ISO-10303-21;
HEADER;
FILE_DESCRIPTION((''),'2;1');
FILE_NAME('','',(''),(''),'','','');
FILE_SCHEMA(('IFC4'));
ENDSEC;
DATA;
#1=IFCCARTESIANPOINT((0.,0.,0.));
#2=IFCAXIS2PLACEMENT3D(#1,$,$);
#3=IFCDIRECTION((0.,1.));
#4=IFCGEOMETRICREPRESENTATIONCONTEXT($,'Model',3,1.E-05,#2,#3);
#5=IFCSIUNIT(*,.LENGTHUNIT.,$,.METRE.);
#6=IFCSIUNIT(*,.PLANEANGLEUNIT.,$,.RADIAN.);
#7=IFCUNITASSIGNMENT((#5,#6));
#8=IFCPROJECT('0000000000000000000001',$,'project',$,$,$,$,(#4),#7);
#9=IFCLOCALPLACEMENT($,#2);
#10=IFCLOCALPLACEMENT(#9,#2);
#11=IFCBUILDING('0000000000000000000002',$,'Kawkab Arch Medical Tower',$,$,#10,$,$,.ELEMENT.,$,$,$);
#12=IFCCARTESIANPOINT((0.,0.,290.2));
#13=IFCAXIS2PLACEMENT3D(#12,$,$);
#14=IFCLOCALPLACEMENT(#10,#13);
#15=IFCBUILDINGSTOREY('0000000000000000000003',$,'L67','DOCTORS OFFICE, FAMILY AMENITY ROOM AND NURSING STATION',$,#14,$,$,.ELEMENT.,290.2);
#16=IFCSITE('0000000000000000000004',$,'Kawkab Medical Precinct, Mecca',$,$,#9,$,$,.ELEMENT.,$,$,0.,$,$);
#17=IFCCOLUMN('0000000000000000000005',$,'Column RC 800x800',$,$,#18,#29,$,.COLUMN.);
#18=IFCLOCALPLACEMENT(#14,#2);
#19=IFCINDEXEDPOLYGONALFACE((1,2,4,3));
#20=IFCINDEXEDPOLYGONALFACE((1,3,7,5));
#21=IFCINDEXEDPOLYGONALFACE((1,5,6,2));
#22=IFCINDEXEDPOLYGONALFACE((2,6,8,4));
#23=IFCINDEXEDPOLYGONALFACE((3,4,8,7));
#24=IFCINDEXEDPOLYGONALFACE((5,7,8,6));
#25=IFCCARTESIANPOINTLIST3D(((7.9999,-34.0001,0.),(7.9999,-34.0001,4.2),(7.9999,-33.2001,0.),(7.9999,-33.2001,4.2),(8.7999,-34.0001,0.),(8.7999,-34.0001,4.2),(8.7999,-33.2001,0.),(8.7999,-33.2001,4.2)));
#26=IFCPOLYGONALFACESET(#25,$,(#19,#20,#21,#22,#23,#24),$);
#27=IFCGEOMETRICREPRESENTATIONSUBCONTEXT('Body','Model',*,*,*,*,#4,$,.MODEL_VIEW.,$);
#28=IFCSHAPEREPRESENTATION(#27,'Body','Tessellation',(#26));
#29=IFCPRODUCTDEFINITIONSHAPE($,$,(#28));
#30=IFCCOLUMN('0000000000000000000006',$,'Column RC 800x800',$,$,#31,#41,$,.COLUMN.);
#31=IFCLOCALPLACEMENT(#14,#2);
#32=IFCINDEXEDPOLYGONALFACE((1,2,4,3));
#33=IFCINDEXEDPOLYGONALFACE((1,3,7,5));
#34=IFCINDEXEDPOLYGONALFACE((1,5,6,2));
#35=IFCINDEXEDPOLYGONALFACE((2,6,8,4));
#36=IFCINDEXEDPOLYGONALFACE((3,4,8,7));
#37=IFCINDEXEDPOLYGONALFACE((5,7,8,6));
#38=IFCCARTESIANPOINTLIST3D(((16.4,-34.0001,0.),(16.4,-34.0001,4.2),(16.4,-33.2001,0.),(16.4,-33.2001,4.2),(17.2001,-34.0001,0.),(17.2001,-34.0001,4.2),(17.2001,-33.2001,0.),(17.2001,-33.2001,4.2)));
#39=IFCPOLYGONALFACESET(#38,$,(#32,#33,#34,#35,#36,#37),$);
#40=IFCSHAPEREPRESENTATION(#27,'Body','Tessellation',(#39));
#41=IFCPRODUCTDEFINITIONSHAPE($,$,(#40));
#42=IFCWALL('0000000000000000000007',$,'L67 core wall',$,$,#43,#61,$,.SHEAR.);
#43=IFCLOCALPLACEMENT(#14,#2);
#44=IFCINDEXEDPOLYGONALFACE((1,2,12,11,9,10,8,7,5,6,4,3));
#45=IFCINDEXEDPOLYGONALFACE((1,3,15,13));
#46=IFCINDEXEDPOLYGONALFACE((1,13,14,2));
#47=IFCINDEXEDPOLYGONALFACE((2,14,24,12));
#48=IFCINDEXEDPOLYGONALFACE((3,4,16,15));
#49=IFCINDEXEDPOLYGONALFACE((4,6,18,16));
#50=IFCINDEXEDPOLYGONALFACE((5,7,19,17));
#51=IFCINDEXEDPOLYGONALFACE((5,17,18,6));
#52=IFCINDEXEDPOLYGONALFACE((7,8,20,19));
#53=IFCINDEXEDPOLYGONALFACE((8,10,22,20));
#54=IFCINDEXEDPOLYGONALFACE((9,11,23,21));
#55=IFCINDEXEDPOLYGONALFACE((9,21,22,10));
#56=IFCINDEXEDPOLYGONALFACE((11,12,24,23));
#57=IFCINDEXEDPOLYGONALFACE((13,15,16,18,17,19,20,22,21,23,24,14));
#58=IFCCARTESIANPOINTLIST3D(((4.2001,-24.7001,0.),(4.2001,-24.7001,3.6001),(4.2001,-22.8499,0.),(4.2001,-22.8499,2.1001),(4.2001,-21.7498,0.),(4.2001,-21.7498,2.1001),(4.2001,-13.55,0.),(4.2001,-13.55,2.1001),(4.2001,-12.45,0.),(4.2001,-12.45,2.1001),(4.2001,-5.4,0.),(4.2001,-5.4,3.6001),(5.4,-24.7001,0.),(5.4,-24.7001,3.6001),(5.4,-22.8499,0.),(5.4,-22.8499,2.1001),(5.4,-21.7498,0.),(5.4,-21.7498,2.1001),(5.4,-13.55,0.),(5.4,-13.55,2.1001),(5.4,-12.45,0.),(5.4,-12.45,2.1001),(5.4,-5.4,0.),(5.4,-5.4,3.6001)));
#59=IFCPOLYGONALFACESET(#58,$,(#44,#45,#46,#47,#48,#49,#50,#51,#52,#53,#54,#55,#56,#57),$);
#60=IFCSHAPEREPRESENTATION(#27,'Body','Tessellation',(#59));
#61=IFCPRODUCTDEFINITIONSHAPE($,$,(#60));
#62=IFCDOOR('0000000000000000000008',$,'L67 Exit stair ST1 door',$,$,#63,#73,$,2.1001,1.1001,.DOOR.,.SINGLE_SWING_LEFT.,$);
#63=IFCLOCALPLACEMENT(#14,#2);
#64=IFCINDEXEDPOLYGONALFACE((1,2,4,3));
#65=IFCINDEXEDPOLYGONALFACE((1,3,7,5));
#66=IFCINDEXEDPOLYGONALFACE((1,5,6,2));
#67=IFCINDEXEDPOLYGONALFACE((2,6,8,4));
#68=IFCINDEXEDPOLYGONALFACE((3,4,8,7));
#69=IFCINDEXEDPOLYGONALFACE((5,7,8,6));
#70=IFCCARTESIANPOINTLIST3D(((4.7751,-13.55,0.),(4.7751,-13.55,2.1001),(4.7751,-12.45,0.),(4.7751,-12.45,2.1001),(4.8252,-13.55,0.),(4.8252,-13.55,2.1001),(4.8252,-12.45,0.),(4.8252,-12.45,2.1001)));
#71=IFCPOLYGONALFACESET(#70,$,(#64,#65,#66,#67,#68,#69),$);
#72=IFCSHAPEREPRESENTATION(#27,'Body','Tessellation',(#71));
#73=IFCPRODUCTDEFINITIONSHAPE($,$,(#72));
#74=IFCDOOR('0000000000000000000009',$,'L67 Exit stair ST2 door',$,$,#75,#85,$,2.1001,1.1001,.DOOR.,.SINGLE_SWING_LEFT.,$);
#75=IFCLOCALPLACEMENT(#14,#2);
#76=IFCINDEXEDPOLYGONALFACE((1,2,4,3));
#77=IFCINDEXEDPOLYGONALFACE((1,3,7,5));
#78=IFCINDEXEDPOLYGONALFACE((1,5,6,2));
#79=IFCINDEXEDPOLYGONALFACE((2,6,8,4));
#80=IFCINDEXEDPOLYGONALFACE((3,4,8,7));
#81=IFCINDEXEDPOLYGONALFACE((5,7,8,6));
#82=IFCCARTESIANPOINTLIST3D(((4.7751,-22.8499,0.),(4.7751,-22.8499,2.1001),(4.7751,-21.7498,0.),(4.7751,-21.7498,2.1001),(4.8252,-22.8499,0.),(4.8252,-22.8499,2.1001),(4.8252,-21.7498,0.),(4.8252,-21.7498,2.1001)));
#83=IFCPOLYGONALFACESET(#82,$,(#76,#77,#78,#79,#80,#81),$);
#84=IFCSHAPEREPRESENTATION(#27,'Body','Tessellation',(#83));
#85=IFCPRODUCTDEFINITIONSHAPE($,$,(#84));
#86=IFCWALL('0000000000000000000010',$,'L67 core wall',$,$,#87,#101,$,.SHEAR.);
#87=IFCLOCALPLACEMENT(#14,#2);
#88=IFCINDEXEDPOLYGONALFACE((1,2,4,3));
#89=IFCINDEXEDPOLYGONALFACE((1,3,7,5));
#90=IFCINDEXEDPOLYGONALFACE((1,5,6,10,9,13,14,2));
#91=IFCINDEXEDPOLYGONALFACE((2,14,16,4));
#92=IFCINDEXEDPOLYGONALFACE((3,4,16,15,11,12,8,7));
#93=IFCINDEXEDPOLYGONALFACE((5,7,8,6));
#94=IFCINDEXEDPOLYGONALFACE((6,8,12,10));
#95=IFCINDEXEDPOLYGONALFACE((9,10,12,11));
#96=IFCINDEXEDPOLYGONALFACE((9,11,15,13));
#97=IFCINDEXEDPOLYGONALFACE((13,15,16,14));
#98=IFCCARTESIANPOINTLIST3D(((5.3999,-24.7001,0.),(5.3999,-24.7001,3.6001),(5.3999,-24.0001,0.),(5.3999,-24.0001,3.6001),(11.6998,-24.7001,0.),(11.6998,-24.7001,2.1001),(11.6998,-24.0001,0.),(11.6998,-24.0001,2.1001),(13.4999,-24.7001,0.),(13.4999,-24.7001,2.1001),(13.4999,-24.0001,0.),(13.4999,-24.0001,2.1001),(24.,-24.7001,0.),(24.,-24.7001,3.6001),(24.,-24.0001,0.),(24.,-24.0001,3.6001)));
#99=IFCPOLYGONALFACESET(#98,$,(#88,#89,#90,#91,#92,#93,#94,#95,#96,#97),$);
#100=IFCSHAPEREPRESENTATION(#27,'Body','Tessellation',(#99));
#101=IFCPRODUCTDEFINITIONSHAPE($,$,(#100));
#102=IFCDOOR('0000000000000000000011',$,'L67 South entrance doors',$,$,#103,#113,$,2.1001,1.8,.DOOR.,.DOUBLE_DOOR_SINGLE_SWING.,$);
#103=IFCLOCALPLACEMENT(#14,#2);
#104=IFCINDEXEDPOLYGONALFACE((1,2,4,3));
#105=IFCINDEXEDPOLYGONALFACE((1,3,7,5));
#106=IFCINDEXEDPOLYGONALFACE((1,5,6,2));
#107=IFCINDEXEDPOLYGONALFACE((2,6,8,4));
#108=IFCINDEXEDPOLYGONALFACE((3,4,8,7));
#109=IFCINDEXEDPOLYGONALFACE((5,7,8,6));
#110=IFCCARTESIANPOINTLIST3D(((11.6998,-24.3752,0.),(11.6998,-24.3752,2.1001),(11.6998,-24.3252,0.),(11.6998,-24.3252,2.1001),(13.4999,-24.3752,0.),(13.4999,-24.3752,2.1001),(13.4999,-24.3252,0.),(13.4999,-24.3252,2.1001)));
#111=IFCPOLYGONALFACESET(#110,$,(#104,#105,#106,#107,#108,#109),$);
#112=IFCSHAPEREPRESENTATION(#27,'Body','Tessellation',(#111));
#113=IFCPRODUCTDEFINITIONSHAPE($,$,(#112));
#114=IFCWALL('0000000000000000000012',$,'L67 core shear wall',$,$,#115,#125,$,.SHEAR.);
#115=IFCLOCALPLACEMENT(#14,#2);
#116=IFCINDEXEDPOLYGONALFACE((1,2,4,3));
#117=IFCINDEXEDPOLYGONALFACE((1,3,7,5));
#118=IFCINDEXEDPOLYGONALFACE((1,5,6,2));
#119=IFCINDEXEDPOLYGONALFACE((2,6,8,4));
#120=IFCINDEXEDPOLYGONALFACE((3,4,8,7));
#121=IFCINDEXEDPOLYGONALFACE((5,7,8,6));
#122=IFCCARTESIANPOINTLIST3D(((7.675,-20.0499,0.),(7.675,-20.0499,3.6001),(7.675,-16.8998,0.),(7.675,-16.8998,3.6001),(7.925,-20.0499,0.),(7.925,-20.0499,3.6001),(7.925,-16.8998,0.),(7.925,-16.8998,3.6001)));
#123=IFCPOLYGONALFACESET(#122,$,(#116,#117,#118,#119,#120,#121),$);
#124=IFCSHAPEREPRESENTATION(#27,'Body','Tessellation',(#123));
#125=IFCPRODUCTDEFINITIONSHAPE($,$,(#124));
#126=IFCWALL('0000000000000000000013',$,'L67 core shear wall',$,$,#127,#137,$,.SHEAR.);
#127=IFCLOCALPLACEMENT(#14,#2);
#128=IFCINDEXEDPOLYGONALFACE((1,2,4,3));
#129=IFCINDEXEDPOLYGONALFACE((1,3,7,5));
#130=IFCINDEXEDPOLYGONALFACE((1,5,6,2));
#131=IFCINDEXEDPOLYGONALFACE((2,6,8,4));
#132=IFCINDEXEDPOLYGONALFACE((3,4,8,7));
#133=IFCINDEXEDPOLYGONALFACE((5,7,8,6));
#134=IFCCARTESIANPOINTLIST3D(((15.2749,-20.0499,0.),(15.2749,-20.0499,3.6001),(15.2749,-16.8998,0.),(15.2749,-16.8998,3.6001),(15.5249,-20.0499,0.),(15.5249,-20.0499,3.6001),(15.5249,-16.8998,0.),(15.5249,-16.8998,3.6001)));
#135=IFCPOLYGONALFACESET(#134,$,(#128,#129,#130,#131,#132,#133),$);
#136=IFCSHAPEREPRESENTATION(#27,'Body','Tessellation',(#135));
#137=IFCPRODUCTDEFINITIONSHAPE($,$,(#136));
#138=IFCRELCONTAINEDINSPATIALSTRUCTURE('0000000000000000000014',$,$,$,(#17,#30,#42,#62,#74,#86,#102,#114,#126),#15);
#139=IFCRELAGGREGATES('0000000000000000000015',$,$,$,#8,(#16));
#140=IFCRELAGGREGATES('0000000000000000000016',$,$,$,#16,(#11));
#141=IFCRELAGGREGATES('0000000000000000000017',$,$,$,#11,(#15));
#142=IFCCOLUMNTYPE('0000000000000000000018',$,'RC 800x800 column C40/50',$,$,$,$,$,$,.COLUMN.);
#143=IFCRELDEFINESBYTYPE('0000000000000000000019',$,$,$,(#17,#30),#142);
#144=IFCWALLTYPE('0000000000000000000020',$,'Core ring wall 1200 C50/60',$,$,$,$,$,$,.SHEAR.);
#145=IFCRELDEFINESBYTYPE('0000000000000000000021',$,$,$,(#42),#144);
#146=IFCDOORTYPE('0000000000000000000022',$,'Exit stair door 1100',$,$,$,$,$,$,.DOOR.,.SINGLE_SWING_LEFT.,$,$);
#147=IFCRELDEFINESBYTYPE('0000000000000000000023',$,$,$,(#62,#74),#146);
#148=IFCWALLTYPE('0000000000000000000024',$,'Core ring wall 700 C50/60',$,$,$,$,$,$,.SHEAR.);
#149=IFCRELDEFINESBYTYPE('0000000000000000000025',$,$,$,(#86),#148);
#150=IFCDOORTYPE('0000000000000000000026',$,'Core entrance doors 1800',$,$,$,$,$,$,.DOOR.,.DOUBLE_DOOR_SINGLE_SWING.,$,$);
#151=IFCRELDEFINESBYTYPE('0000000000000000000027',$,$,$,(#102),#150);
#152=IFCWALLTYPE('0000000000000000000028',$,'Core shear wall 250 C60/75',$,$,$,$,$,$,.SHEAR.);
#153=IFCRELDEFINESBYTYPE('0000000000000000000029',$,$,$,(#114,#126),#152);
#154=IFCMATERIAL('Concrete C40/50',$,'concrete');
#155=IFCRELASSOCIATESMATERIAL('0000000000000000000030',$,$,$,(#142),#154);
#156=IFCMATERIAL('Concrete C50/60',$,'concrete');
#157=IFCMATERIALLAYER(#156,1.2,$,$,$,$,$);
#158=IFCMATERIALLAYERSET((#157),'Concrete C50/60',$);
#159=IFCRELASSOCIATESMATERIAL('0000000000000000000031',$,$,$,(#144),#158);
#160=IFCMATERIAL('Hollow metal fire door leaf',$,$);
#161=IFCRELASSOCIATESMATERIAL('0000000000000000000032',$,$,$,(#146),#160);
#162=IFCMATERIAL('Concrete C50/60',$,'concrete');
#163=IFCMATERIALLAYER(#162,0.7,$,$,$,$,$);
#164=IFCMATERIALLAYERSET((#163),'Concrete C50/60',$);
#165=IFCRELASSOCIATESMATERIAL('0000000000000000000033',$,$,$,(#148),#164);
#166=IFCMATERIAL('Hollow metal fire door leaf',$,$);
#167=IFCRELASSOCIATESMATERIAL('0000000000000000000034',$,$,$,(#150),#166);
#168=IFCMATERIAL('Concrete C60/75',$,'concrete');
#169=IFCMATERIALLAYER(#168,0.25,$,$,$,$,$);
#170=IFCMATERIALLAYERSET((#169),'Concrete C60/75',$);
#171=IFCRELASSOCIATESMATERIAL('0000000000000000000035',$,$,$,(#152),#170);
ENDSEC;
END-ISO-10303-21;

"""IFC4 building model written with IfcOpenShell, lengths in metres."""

from ifc_helpers import new_model, si_unit, direction, frame, frame_2d, origin, origin_2d, place, context, subcontext, project, spatial, rectangle, extrude, material, layer, layer_set, material_profile, profile_set, type_object, element, fill, save


model = new_model("IFC4")

# Units and contexts
model_context = context("Model", 3, precision=1e-05, world=origin(), true_north=direction((0.0, 1.0)))
body_context = subcontext(model_context, "Body", "Model", "MODEL_VIEW")
ifc_project = project(units=[si_unit("LENGTHUNIT", "METRE"), si_unit("PLANEANGLEUNIT", "RADIAN")], contexts=[model_context])

# Site, building, storey
site_placement = place(None, origin())
site = spatial("IfcSite", under=ifc_project, at=site_placement, Name="Kawkab Medical Precinct, Mecca", CompositionType="ELEMENT", RefElevation=0.0)
building_placement = place(site_placement, origin())
building = spatial("IfcBuilding", under=site, at=building_placement, Name="Kawkab Arch Medical Tower", CompositionType="ELEMENT")
storey_placement = place(building_placement, frame((0.0, 0.0, 290.2)))
storey = spatial("IfcBuildingStorey", under=building, at=storey_placement, Name="L67", Description="DOCTORS OFFICE, FAMILY AMENITY ROOM AND NURSING STATION", CompositionType="ELEMENT", Elevation=290.2)

# Columns
ifc_material_1 = material(Name="Concrete C40/50", Category="concrete")
ifc_material_profile = material_profile(ifc_material_1, rectangle(XDim=0.8, YDim=0.8, at=origin_2d()), Name="RC 800x800")
ifc_profile_set = profile_set([ifc_material_profile], Name="Concrete C40/50")
column_type = type_object("IfcColumnType", Name="RC 800x800 column C40/50", PredefinedType="COLUMN", material=ifc_profile_set)
for number, where, z_axis, x_axis, name in (
    (1, (8.3999, -33.6001, 0.0), (0.0, 0.0, 1.0), (1.0, 0.0, 0.0), "Column RC 800x800"),
    (2, (16.8, -33.6001, 0.0), (0.0, 0.0, 1.0), (1.0, 0.0, 0.0), "Column RC 800x800"),
):
    element("IfcColumn", number, at=place(storey_placement, frame(where, z_axis=z_axis, x_axis=x_axis)), inside=storey, type_object=column_type, Name=name, PredefinedType="COLUMN", context=body_context, shape_type="SweptSolid", body=[
        extrude(rectangle(XDim=0.8, YDim=0.8, at=origin_2d()), origin(), (0.0, 0.0, 1.0), 4.2),
    ])

# Wall, openings, doors
ifc_material_2 = material(Name="Concrete C50/60", Category="concrete")
ifc_layer_1 = layer(ifc_material_2, 1.2)
ifc_layer_set_1 = layer_set([ifc_layer_1], Name="Concrete C50/60")
wall_type_1 = type_object("IfcWallType", Name="Core ring wall 1200 C50/60", PredefinedType="SHEAR", material=ifc_layer_set_1)
wall_1_placement = place(storey_placement, frame((4.8, -24.7, 0.0), z_axis=(0.0, 0.0, 1.0), x_axis=(0.0, 1.0, 0.0)))
wall_1 = element("IfcWall", 3, at=wall_1_placement, inside=storey, type_object=wall_type_1, Name="L67 core wall", PredefinedType="SHEAR", context=body_context, shape_type="SweptSolid", body=[
    extrude(rectangle(XDim=19.3, YDim=1.2, at=frame_2d((9.6499, 0.0))), origin(), (0.0, 0.0, 1.0), 3.6001),
])
opening_1_placement = place(wall_1_placement, frame((11.1499, 0.0, 0.0)))
opening_1 = element("IfcOpeningElement", 4, at=opening_1_placement, cuts=wall_1, PredefinedType="OPENING", context=body_context, shape_type="SweptSolid", body=[
    extrude(rectangle(XDim=1.1001, YDim=2.1001, at=frame_2d((0.55, 1.05))), frame((0.0, 0.6099, 0.0), z_axis=(0.0, -1.0, 0.0), x_axis=(1.0, 0.0, 0.0)), (0.0, 0.0, 1.0), 1.22),
])
opening_2_placement = place(wall_1_placement, frame((1.8501, 0.0, 0.0)))
opening_2 = element("IfcOpeningElement", 5, at=opening_2_placement, cuts=wall_1, PredefinedType="OPENING", context=body_context, shape_type="SweptSolid", body=[
    extrude(rectangle(XDim=1.1001, YDim=2.1001, at=frame_2d((0.55, 1.05))), frame((0.0, 0.6099, 0.0), z_axis=(0.0, -1.0, 0.0), x_axis=(1.0, 0.0, 0.0)), (0.0, 0.0, 1.0), 1.22),
])
ifc_material_3 = material(Name="Hollow metal fire door leaf")
door_type_1 = type_object("IfcDoorType", Name="Exit stair door 1100", OperationType="SINGLE_SWING_LEFT", PredefinedType="DOOR", material=ifc_material_3)
door_1_placement = place(opening_1_placement, origin())
door_1 = element("IfcDoor", 6, at=door_1_placement, inside=storey, type_object=door_type_1, Name="L67 Exit stair ST1 door", OperationType="SINGLE_SWING_LEFT", OverallHeight=2.1001, OverallWidth=1.1001, PredefinedType="DOOR", context=body_context, shape_type="SweptSolid", body=[
    extrude(rectangle(XDim=1.1001, YDim=2.1001, at=frame_2d((0.55, 1.05))), frame((0.0, 0.0249, 0.0), z_axis=(0.0, -1.0, 0.0), x_axis=(1.0, 0.0, 0.0)), (0.0, 0.0, 1.0), 0.05),
])
fill(opening_1, door_1)
door_2_placement = place(opening_2_placement, origin())
door_2 = element("IfcDoor", 7, at=door_2_placement, inside=storey, type_object=door_type_1, Name="L67 Exit stair ST2 door", OperationType="SINGLE_SWING_LEFT", OverallHeight=2.1001, OverallWidth=1.1001, PredefinedType="DOOR", context=body_context, shape_type="SweptSolid", body=[
    extrude(rectangle(XDim=1.1001, YDim=2.1001, at=frame_2d((0.55, 1.05))), frame((0.0, 0.0249, 0.0), z_axis=(0.0, -1.0, 0.0), x_axis=(1.0, 0.0, 0.0)), (0.0, 0.0, 1.0), 0.05),
])
fill(opening_2, door_2)

# Wall, opening, door
ifc_material_4 = material(Name="Concrete C50/60", Category="concrete")
ifc_layer_2 = layer(ifc_material_4, 0.7)
ifc_layer_set_2 = layer_set([ifc_layer_2], Name="Concrete C50/60")
wall_type_2 = type_object("IfcWallType", Name="Core ring wall 700 C50/60", PredefinedType="SHEAR", material=ifc_layer_set_2)
wall_2_placement = place(storey_placement, frame((5.3999, -24.3501, 0.0), z_axis=(0.0, 0.0, 1.0), x_axis=(1.0, 0.0, 0.0)))
wall_2 = element("IfcWall", 8, at=wall_2_placement, inside=storey, type_object=wall_type_2, Name="L67 core wall", PredefinedType="SHEAR", context=body_context, shape_type="SweptSolid", body=[
    extrude(rectangle(XDim=18.6001, YDim=0.7, at=frame_2d((9.3, 0.0))), origin(), (0.0, 0.0, 1.0), 3.6001),
])
opening_3_placement = place(wall_2_placement, frame((6.3, 0.0, 0.0)))
opening_3 = element("IfcOpeningElement", 9, at=opening_3_placement, cuts=wall_2, PredefinedType="OPENING", context=body_context, shape_type="SweptSolid", body=[
    extrude(rectangle(XDim=1.8, YDim=2.1001, at=frame_2d((0.8999, 1.05))), frame((0.0, 0.3599, 0.0), z_axis=(0.0, -1.0, 0.0), x_axis=(1.0, 0.0, 0.0)), (0.0, 0.0, 1.0), 0.72),
])
ifc_material_5 = material(Name="Hollow metal fire door leaf")
door_type_2 = type_object("IfcDoorType", Name="Core entrance doors 1800", OperationType="DOUBLE_DOOR_SINGLE_SWING", PredefinedType="DOOR", material=ifc_material_5)
door_3_placement = place(opening_3_placement, origin())
door_3 = element("IfcDoor", 10, at=door_3_placement, inside=storey, type_object=door_type_2, Name="L67 South entrance doors", OperationType="DOUBLE_DOOR_SINGLE_SWING", OverallHeight=2.1001, OverallWidth=1.8, PredefinedType="DOOR", context=body_context, shape_type="SweptSolid", body=[
    extrude(rectangle(XDim=1.8, YDim=2.1001, at=frame_2d((0.8999, 1.05))), frame((0.0, 0.0249, 0.0), z_axis=(0.0, -1.0, 0.0), x_axis=(1.0, 0.0, 0.0)), (0.0, 0.0, 1.0), 0.05),
])
fill(opening_3, door_3)

# Walls
ifc_material_6 = material(Name="Concrete C60/75", Category="concrete")
ifc_layer_3 = layer(ifc_material_6, 0.25)
ifc_layer_set_3 = layer_set([ifc_layer_3], Name="Concrete C60/75")
wall_type_3 = type_object("IfcWallType", Name="Core shear wall 250 C60/75", PredefinedType="SHEAR", material=ifc_layer_set_3)
for number, where, z_axis, x_axis, name in (
    (11, (7.8, -20.05, 0.0), (0.0, 0.0, 1.0), (0.0, 1.0, 0.0), "L67 core shear wall"),
    (12, (15.3999, -20.05, 0.0), (0.0, 0.0, 1.0), (0.0, 1.0, 0.0), "L67 core shear wall"),
):
    element("IfcWall", number, at=place(storey_placement, frame(where, z_axis=z_axis, x_axis=x_axis)), inside=storey, type_object=wall_type_3, Name=name, PredefinedType="SHEAR", context=body_context, shape_type="SweptSolid", body=[
        extrude(rectangle(XDim=3.1501, YDim=0.25, at=frame_2d((1.5752, 0.0))), origin(), (0.0, 0.0, 1.0), 3.6001),
    ])

save(model, "model.ifc")
